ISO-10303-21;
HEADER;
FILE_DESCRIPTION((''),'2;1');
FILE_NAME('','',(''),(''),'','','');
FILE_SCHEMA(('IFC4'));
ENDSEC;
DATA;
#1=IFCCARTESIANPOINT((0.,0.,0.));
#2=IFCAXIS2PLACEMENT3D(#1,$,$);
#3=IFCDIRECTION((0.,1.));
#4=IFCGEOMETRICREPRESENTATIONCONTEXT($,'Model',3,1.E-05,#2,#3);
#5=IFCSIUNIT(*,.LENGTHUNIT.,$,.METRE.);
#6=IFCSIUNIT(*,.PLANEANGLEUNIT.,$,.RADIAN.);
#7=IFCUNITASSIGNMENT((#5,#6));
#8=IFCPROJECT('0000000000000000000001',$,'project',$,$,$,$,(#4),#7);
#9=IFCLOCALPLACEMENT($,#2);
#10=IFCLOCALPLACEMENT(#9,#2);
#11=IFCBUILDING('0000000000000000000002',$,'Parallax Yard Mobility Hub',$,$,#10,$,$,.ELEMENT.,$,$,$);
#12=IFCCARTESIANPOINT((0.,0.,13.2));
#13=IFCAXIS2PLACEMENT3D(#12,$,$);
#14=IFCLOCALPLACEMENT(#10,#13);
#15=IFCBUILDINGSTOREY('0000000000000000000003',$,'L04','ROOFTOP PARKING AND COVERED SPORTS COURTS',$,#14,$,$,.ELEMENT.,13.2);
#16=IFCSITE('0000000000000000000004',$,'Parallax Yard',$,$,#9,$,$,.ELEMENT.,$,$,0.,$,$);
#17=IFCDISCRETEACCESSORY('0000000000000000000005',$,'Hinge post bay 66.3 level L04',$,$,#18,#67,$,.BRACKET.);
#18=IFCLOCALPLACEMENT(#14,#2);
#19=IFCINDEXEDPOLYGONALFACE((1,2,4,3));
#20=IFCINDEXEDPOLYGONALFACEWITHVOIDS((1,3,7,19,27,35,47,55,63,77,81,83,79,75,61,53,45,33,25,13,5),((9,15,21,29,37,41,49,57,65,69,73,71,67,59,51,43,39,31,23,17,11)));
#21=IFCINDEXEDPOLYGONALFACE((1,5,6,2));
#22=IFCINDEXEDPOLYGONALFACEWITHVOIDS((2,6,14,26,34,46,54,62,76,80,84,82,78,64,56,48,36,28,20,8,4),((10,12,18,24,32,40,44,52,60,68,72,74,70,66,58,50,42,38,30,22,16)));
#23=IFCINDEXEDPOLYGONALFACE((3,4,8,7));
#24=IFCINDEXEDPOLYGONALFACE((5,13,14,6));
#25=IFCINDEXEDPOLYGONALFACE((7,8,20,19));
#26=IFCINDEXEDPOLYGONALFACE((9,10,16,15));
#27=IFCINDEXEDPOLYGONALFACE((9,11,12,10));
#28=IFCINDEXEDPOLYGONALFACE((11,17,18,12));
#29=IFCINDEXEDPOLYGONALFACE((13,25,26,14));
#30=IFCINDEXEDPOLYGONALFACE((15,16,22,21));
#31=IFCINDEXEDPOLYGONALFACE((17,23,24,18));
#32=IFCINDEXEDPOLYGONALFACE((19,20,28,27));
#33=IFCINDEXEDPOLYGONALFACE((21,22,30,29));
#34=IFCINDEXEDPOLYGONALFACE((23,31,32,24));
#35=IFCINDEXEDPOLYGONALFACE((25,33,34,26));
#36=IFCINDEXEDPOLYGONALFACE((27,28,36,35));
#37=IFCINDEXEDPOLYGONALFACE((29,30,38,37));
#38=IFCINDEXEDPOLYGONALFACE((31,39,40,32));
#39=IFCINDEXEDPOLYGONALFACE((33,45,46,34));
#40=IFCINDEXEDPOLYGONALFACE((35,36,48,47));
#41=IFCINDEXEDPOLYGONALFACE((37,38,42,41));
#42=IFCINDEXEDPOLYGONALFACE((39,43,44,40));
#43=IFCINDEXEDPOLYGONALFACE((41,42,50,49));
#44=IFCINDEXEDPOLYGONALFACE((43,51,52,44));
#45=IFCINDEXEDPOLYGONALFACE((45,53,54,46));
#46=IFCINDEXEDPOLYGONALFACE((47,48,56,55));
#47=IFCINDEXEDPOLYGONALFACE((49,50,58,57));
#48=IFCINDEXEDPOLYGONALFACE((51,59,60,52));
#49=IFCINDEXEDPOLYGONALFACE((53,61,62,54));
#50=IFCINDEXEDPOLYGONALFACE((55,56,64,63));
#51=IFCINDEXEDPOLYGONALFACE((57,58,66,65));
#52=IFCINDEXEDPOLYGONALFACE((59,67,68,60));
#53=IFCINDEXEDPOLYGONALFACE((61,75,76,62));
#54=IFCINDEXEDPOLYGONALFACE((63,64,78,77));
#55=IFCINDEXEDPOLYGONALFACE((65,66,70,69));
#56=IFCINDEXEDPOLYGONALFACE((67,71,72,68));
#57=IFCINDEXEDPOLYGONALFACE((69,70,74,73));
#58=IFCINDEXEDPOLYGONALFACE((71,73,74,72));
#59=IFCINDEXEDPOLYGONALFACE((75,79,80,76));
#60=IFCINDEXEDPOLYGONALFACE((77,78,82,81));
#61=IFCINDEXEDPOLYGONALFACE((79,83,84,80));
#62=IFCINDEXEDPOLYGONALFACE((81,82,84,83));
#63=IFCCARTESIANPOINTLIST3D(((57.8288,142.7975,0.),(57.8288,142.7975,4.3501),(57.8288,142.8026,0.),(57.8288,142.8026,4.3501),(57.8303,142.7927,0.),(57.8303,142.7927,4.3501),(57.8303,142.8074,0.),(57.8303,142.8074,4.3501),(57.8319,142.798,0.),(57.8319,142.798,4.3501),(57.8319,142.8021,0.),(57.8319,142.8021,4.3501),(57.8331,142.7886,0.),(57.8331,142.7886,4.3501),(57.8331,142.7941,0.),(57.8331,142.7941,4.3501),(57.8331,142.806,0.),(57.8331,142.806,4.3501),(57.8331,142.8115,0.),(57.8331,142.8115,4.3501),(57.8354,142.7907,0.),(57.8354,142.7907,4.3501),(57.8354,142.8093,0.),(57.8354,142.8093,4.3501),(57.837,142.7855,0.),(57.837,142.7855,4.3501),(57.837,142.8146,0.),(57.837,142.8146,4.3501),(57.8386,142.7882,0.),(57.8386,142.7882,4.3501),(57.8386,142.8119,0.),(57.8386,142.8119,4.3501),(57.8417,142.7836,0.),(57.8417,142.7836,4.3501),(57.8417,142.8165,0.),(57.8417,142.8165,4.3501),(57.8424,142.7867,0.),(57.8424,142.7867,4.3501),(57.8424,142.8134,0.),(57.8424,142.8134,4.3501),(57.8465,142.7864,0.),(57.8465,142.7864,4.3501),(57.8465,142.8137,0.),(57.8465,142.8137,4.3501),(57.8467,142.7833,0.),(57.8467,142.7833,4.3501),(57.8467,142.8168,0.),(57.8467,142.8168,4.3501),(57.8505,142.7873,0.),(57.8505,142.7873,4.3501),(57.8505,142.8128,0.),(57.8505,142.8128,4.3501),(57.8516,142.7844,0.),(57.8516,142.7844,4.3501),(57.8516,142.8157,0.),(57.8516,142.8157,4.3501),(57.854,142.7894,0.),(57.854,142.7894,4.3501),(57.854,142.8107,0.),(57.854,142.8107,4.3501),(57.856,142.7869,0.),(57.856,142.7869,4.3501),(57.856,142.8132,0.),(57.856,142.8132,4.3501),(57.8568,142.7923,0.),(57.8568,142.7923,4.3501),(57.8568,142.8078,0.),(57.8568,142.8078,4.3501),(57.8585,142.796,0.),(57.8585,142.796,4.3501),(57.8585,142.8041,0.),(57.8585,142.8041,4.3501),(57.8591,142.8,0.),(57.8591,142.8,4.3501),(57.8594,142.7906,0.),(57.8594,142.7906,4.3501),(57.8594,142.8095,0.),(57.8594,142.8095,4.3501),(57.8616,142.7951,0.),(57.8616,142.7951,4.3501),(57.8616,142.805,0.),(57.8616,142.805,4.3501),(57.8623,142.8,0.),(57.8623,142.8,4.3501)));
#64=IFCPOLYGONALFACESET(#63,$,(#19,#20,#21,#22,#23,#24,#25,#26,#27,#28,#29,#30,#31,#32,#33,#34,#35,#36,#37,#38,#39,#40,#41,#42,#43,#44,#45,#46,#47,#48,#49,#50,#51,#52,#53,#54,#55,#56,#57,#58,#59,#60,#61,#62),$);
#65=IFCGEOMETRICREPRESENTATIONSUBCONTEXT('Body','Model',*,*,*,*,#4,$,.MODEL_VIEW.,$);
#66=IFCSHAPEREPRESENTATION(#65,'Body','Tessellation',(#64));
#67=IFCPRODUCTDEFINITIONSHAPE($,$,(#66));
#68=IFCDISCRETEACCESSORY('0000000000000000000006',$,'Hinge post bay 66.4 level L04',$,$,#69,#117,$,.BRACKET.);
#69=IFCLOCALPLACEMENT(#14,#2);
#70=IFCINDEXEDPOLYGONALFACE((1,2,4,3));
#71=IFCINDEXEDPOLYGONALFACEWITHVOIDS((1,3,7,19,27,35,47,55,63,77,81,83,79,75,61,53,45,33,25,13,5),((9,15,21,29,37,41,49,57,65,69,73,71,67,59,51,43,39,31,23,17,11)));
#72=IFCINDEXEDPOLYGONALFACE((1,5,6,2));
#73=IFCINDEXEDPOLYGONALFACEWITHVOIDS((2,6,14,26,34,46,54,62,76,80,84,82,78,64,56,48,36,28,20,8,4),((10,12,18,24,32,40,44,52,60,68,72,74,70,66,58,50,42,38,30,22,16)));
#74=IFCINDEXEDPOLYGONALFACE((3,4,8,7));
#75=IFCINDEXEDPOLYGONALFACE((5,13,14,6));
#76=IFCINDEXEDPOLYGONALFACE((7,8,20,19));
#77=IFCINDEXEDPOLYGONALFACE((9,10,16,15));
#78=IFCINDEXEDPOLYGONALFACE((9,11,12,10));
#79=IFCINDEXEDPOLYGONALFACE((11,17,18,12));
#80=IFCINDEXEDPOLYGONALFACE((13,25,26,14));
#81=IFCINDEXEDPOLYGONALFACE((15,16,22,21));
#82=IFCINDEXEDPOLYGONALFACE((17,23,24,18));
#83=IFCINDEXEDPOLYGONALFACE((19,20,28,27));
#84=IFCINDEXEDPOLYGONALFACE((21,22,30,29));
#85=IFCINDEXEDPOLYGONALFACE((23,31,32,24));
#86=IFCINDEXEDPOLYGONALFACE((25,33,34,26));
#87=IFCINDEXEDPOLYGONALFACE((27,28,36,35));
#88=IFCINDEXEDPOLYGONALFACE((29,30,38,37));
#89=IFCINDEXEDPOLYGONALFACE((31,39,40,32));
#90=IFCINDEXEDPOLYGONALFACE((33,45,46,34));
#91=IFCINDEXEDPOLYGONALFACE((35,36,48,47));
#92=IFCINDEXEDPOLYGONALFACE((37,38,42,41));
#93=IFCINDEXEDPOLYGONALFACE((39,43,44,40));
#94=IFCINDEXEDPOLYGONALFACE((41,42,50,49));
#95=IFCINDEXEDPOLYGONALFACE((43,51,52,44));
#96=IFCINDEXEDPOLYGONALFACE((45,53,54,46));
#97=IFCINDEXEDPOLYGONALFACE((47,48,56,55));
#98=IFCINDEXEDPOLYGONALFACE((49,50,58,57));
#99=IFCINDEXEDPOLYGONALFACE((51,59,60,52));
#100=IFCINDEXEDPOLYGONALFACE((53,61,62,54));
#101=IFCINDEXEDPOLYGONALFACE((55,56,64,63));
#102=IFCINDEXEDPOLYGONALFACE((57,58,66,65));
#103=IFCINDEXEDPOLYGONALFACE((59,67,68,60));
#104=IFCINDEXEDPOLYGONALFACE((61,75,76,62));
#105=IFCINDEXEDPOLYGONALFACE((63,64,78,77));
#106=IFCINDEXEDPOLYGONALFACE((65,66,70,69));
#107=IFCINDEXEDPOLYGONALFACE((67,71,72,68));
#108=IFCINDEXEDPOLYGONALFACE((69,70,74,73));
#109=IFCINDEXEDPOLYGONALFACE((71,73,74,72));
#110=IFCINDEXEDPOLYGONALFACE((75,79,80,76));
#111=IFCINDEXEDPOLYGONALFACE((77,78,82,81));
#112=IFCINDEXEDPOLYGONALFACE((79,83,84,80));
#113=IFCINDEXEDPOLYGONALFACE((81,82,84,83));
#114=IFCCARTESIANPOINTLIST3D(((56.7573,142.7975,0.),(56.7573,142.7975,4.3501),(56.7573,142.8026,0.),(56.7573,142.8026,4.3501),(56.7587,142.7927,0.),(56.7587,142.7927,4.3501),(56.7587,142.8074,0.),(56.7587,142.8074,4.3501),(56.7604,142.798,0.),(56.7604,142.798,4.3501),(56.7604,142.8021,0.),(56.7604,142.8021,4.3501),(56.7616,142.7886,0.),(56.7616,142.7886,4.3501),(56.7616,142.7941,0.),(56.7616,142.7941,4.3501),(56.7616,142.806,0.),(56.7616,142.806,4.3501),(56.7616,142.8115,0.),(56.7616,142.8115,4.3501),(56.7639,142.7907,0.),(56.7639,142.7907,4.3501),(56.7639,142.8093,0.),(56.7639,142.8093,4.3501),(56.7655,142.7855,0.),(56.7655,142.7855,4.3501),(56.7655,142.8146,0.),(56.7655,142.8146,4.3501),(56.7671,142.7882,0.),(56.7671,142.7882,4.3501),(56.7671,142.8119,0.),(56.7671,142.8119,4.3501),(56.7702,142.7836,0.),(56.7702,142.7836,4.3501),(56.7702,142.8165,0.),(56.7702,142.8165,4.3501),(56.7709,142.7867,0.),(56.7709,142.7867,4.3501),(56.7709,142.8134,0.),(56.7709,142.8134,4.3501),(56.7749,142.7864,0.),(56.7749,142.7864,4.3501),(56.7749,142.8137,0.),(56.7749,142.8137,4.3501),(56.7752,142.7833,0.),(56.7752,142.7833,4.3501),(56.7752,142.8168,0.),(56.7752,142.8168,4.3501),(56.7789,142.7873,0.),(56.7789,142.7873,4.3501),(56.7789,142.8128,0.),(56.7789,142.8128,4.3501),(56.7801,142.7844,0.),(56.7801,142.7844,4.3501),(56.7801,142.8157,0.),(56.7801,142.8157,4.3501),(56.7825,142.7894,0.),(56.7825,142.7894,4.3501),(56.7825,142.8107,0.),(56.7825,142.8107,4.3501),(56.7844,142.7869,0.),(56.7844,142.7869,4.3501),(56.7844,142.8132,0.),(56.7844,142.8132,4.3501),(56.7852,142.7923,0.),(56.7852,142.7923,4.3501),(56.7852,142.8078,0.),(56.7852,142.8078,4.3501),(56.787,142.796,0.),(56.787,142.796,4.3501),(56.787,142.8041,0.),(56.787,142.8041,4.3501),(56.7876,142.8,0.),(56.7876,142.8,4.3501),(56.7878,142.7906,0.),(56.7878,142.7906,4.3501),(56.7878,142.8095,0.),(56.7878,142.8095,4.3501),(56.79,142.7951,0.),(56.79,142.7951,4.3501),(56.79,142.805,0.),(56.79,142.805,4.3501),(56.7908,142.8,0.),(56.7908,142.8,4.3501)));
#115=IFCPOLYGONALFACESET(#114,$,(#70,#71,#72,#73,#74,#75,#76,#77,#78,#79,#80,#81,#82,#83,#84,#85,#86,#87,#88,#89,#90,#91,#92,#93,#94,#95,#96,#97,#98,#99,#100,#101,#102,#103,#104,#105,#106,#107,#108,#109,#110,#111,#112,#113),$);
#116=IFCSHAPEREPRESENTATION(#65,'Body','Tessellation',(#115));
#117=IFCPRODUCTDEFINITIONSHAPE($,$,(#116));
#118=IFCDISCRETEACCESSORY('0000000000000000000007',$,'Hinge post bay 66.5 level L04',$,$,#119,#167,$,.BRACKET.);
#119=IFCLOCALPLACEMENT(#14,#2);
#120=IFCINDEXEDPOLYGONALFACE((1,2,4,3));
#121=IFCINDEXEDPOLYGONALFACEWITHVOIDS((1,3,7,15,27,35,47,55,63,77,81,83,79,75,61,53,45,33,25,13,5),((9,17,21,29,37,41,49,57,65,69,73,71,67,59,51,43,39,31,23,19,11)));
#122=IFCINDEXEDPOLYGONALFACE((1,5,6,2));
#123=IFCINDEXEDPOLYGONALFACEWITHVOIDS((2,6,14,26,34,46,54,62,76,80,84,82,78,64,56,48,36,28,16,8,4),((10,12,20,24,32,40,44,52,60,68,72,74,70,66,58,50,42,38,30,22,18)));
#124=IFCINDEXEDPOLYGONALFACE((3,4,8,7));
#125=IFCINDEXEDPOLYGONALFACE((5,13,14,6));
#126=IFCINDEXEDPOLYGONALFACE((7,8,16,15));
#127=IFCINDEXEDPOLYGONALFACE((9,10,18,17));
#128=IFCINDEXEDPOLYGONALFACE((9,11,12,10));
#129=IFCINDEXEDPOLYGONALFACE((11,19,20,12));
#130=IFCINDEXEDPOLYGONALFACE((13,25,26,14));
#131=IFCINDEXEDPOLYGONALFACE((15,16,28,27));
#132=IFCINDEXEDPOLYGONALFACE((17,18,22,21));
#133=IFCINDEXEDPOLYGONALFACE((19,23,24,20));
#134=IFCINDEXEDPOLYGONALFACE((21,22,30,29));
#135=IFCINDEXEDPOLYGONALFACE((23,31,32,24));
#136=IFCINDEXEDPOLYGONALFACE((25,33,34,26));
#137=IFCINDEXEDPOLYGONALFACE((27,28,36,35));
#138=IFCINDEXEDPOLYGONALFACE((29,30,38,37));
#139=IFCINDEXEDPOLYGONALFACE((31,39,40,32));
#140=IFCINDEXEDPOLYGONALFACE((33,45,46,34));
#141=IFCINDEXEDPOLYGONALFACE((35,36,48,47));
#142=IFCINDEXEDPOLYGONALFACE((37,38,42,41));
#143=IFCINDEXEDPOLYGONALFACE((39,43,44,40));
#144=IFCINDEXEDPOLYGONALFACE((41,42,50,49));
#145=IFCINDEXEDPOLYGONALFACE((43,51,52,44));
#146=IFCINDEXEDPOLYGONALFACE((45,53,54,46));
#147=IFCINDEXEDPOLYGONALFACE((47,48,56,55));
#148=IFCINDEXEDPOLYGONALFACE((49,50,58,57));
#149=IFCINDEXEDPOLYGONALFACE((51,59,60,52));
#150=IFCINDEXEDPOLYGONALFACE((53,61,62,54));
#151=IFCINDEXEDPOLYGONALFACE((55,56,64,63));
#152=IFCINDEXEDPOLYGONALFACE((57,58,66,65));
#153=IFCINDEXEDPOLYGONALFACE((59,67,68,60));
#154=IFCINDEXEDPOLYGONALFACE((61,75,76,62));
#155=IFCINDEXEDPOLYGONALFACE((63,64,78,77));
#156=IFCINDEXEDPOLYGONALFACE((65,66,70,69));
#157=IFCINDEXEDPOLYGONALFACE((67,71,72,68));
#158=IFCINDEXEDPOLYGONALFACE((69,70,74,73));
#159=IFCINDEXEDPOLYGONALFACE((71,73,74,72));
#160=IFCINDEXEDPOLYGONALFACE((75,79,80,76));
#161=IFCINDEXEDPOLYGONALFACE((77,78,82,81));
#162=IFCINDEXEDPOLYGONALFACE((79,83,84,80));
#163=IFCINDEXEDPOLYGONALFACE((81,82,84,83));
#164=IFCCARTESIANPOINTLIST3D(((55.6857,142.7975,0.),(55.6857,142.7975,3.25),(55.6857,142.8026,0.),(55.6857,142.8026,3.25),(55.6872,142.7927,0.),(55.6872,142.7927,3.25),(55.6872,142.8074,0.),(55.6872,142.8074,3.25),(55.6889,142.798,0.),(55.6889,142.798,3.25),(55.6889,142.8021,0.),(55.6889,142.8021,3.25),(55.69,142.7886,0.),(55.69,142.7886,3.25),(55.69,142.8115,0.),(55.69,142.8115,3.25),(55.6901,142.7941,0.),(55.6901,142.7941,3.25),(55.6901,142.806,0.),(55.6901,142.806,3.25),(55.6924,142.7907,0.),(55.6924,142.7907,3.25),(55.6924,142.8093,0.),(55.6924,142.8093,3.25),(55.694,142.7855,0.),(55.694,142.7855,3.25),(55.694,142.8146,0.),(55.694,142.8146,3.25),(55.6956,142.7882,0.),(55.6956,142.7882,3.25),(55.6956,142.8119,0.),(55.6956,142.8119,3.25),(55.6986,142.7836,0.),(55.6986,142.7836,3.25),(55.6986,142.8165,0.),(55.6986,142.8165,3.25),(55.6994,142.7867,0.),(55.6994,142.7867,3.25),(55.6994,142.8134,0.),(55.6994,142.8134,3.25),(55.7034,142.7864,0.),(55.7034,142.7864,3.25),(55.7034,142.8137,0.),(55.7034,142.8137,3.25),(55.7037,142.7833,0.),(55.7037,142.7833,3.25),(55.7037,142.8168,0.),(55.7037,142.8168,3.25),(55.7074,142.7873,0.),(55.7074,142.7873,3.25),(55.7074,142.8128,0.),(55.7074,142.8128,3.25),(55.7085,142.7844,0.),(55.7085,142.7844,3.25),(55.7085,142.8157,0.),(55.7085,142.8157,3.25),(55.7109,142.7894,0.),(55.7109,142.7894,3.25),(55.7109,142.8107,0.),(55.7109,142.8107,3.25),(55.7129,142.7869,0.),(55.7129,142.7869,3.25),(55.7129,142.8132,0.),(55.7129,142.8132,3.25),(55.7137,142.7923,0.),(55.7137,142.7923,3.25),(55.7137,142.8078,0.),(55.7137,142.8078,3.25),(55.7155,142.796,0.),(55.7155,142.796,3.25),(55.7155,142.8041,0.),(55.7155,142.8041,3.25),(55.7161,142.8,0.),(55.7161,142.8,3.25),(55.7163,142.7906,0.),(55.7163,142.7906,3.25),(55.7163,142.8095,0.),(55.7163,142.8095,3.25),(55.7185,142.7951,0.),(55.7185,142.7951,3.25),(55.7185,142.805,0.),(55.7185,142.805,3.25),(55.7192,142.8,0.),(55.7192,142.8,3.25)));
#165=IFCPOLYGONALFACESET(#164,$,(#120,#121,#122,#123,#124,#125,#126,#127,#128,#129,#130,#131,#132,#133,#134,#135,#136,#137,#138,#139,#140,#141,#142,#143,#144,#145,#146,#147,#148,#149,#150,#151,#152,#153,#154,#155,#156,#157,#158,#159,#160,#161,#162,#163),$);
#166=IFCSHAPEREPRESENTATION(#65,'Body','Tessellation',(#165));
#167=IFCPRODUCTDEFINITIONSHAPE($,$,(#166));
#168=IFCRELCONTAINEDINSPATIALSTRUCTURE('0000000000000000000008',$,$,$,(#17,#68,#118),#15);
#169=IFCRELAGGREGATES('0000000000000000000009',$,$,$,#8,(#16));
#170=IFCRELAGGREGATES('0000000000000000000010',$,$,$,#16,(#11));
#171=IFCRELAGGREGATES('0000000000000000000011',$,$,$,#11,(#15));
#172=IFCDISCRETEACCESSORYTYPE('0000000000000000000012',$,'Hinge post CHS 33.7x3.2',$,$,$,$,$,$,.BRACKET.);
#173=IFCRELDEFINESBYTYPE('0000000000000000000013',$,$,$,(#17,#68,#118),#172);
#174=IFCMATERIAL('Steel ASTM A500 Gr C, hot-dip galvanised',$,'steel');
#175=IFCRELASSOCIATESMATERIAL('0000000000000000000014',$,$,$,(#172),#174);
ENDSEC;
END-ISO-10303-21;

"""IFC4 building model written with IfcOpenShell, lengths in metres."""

from ifc_helpers import new_model, si_unit, direction, frame, origin, origin_2d, place, context, subcontext, project, spatial, hollow_circle, extrude, material, material_profile, profile_set, type_object, element, save


model = new_model("IFC4")

# Units and contexts
model_context = context("Model", 3, precision=1e-05, world=origin(), true_north=direction((0.0, 1.0)))
body_context = subcontext(model_context, "Body", "Model", "MODEL_VIEW")
ifc_project = project(units=[si_unit("LENGTHUNIT", "METRE"), si_unit("PLANEANGLEUNIT", "RADIAN")], contexts=[model_context])

# Site, building, storey
site_placement = place(None, origin())
site = spatial("IfcSite", under=ifc_project, at=site_placement, Name="Parallax Yard", CompositionType="ELEMENT", RefElevation=0.0)
building_placement = place(site_placement, origin())
building = spatial("IfcBuilding", under=site, at=building_placement, Name="Parallax Yard Mobility Hub", CompositionType="ELEMENT")
storey_placement = place(building_placement, frame((0.0, 0.0, 13.2)))
storey = spatial("IfcBuildingStorey", under=building, at=storey_placement, Name="L04", Description="ROOFTOP PARKING AND COVERED SPORTS COURTS", CompositionType="ELEMENT", Elevation=13.2)

# Discrete accessories
ifc_material_1 = material(Name="Steel ASTM A500 Gr C, hot-dip galvanised", Category="steel")
ifc_material_profile = material_profile(ifc_material_1, hollow_circle(Radius=0.0168, WallThickness=0.0032, at=origin_2d()), Name="CHS 33.7x3.2")
ifc_profile_set = profile_set([ifc_material_profile], Name="Steel ASTM A500 Gr C, hot-dip galvanised")
discrete_accessory_type_1 = type_object("IfcDiscreteAccessoryType", Name="Hinge post CHS 33.7x3.2", PredefinedType="BRACKET", material=ifc_profile_set)
for number, where, z_axis, x_axis, name in (
    (1, (57.8455, 142.8, 0.0), (0.0, 0.0, 1.0), (1.0, 0.0, 0.0), "Hinge post bay 66.3 level L04"),
    (2, (56.7739, 142.8, 0.0), (0.0, 0.0, 1.0), (1.0, 0.0, 0.0), "Hinge post bay 66.4 level L04"),
):
    element("IfcDiscreteAccessory", number, at=place(storey_placement, frame(where, z_axis=z_axis, x_axis=x_axis)), inside=storey, type_object=discrete_accessory_type_1, Name=name, PredefinedType="BRACKET", context=body_context, shape_type="SweptSolid", body=[
        extrude(hollow_circle(Radius=0.0168, WallThickness=0.0032, at=origin_2d()), origin(), (0.0, 0.0, 1.0), 4.3501),
    ])
discrete_accessory_1_placement = place(storey_placement, frame((55.7024, 142.8, 0.0), z_axis=(0.0, 0.0, 1.0), x_axis=(1.0, 0.0, 0.0)))
element("IfcDiscreteAccessory", 3, at=discrete_accessory_1_placement, inside=storey, type_object=discrete_accessory_type_1, Name="Hinge post bay 66.5 level L04", PredefinedType="BRACKET", context=body_context, shape_type="SweptSolid", body=[
    extrude(hollow_circle(Radius=0.0168, WallThickness=0.0032, at=origin_2d()), origin(), (0.0, 0.0, 1.0), 3.25),
])

save(model, "model.ifc")
